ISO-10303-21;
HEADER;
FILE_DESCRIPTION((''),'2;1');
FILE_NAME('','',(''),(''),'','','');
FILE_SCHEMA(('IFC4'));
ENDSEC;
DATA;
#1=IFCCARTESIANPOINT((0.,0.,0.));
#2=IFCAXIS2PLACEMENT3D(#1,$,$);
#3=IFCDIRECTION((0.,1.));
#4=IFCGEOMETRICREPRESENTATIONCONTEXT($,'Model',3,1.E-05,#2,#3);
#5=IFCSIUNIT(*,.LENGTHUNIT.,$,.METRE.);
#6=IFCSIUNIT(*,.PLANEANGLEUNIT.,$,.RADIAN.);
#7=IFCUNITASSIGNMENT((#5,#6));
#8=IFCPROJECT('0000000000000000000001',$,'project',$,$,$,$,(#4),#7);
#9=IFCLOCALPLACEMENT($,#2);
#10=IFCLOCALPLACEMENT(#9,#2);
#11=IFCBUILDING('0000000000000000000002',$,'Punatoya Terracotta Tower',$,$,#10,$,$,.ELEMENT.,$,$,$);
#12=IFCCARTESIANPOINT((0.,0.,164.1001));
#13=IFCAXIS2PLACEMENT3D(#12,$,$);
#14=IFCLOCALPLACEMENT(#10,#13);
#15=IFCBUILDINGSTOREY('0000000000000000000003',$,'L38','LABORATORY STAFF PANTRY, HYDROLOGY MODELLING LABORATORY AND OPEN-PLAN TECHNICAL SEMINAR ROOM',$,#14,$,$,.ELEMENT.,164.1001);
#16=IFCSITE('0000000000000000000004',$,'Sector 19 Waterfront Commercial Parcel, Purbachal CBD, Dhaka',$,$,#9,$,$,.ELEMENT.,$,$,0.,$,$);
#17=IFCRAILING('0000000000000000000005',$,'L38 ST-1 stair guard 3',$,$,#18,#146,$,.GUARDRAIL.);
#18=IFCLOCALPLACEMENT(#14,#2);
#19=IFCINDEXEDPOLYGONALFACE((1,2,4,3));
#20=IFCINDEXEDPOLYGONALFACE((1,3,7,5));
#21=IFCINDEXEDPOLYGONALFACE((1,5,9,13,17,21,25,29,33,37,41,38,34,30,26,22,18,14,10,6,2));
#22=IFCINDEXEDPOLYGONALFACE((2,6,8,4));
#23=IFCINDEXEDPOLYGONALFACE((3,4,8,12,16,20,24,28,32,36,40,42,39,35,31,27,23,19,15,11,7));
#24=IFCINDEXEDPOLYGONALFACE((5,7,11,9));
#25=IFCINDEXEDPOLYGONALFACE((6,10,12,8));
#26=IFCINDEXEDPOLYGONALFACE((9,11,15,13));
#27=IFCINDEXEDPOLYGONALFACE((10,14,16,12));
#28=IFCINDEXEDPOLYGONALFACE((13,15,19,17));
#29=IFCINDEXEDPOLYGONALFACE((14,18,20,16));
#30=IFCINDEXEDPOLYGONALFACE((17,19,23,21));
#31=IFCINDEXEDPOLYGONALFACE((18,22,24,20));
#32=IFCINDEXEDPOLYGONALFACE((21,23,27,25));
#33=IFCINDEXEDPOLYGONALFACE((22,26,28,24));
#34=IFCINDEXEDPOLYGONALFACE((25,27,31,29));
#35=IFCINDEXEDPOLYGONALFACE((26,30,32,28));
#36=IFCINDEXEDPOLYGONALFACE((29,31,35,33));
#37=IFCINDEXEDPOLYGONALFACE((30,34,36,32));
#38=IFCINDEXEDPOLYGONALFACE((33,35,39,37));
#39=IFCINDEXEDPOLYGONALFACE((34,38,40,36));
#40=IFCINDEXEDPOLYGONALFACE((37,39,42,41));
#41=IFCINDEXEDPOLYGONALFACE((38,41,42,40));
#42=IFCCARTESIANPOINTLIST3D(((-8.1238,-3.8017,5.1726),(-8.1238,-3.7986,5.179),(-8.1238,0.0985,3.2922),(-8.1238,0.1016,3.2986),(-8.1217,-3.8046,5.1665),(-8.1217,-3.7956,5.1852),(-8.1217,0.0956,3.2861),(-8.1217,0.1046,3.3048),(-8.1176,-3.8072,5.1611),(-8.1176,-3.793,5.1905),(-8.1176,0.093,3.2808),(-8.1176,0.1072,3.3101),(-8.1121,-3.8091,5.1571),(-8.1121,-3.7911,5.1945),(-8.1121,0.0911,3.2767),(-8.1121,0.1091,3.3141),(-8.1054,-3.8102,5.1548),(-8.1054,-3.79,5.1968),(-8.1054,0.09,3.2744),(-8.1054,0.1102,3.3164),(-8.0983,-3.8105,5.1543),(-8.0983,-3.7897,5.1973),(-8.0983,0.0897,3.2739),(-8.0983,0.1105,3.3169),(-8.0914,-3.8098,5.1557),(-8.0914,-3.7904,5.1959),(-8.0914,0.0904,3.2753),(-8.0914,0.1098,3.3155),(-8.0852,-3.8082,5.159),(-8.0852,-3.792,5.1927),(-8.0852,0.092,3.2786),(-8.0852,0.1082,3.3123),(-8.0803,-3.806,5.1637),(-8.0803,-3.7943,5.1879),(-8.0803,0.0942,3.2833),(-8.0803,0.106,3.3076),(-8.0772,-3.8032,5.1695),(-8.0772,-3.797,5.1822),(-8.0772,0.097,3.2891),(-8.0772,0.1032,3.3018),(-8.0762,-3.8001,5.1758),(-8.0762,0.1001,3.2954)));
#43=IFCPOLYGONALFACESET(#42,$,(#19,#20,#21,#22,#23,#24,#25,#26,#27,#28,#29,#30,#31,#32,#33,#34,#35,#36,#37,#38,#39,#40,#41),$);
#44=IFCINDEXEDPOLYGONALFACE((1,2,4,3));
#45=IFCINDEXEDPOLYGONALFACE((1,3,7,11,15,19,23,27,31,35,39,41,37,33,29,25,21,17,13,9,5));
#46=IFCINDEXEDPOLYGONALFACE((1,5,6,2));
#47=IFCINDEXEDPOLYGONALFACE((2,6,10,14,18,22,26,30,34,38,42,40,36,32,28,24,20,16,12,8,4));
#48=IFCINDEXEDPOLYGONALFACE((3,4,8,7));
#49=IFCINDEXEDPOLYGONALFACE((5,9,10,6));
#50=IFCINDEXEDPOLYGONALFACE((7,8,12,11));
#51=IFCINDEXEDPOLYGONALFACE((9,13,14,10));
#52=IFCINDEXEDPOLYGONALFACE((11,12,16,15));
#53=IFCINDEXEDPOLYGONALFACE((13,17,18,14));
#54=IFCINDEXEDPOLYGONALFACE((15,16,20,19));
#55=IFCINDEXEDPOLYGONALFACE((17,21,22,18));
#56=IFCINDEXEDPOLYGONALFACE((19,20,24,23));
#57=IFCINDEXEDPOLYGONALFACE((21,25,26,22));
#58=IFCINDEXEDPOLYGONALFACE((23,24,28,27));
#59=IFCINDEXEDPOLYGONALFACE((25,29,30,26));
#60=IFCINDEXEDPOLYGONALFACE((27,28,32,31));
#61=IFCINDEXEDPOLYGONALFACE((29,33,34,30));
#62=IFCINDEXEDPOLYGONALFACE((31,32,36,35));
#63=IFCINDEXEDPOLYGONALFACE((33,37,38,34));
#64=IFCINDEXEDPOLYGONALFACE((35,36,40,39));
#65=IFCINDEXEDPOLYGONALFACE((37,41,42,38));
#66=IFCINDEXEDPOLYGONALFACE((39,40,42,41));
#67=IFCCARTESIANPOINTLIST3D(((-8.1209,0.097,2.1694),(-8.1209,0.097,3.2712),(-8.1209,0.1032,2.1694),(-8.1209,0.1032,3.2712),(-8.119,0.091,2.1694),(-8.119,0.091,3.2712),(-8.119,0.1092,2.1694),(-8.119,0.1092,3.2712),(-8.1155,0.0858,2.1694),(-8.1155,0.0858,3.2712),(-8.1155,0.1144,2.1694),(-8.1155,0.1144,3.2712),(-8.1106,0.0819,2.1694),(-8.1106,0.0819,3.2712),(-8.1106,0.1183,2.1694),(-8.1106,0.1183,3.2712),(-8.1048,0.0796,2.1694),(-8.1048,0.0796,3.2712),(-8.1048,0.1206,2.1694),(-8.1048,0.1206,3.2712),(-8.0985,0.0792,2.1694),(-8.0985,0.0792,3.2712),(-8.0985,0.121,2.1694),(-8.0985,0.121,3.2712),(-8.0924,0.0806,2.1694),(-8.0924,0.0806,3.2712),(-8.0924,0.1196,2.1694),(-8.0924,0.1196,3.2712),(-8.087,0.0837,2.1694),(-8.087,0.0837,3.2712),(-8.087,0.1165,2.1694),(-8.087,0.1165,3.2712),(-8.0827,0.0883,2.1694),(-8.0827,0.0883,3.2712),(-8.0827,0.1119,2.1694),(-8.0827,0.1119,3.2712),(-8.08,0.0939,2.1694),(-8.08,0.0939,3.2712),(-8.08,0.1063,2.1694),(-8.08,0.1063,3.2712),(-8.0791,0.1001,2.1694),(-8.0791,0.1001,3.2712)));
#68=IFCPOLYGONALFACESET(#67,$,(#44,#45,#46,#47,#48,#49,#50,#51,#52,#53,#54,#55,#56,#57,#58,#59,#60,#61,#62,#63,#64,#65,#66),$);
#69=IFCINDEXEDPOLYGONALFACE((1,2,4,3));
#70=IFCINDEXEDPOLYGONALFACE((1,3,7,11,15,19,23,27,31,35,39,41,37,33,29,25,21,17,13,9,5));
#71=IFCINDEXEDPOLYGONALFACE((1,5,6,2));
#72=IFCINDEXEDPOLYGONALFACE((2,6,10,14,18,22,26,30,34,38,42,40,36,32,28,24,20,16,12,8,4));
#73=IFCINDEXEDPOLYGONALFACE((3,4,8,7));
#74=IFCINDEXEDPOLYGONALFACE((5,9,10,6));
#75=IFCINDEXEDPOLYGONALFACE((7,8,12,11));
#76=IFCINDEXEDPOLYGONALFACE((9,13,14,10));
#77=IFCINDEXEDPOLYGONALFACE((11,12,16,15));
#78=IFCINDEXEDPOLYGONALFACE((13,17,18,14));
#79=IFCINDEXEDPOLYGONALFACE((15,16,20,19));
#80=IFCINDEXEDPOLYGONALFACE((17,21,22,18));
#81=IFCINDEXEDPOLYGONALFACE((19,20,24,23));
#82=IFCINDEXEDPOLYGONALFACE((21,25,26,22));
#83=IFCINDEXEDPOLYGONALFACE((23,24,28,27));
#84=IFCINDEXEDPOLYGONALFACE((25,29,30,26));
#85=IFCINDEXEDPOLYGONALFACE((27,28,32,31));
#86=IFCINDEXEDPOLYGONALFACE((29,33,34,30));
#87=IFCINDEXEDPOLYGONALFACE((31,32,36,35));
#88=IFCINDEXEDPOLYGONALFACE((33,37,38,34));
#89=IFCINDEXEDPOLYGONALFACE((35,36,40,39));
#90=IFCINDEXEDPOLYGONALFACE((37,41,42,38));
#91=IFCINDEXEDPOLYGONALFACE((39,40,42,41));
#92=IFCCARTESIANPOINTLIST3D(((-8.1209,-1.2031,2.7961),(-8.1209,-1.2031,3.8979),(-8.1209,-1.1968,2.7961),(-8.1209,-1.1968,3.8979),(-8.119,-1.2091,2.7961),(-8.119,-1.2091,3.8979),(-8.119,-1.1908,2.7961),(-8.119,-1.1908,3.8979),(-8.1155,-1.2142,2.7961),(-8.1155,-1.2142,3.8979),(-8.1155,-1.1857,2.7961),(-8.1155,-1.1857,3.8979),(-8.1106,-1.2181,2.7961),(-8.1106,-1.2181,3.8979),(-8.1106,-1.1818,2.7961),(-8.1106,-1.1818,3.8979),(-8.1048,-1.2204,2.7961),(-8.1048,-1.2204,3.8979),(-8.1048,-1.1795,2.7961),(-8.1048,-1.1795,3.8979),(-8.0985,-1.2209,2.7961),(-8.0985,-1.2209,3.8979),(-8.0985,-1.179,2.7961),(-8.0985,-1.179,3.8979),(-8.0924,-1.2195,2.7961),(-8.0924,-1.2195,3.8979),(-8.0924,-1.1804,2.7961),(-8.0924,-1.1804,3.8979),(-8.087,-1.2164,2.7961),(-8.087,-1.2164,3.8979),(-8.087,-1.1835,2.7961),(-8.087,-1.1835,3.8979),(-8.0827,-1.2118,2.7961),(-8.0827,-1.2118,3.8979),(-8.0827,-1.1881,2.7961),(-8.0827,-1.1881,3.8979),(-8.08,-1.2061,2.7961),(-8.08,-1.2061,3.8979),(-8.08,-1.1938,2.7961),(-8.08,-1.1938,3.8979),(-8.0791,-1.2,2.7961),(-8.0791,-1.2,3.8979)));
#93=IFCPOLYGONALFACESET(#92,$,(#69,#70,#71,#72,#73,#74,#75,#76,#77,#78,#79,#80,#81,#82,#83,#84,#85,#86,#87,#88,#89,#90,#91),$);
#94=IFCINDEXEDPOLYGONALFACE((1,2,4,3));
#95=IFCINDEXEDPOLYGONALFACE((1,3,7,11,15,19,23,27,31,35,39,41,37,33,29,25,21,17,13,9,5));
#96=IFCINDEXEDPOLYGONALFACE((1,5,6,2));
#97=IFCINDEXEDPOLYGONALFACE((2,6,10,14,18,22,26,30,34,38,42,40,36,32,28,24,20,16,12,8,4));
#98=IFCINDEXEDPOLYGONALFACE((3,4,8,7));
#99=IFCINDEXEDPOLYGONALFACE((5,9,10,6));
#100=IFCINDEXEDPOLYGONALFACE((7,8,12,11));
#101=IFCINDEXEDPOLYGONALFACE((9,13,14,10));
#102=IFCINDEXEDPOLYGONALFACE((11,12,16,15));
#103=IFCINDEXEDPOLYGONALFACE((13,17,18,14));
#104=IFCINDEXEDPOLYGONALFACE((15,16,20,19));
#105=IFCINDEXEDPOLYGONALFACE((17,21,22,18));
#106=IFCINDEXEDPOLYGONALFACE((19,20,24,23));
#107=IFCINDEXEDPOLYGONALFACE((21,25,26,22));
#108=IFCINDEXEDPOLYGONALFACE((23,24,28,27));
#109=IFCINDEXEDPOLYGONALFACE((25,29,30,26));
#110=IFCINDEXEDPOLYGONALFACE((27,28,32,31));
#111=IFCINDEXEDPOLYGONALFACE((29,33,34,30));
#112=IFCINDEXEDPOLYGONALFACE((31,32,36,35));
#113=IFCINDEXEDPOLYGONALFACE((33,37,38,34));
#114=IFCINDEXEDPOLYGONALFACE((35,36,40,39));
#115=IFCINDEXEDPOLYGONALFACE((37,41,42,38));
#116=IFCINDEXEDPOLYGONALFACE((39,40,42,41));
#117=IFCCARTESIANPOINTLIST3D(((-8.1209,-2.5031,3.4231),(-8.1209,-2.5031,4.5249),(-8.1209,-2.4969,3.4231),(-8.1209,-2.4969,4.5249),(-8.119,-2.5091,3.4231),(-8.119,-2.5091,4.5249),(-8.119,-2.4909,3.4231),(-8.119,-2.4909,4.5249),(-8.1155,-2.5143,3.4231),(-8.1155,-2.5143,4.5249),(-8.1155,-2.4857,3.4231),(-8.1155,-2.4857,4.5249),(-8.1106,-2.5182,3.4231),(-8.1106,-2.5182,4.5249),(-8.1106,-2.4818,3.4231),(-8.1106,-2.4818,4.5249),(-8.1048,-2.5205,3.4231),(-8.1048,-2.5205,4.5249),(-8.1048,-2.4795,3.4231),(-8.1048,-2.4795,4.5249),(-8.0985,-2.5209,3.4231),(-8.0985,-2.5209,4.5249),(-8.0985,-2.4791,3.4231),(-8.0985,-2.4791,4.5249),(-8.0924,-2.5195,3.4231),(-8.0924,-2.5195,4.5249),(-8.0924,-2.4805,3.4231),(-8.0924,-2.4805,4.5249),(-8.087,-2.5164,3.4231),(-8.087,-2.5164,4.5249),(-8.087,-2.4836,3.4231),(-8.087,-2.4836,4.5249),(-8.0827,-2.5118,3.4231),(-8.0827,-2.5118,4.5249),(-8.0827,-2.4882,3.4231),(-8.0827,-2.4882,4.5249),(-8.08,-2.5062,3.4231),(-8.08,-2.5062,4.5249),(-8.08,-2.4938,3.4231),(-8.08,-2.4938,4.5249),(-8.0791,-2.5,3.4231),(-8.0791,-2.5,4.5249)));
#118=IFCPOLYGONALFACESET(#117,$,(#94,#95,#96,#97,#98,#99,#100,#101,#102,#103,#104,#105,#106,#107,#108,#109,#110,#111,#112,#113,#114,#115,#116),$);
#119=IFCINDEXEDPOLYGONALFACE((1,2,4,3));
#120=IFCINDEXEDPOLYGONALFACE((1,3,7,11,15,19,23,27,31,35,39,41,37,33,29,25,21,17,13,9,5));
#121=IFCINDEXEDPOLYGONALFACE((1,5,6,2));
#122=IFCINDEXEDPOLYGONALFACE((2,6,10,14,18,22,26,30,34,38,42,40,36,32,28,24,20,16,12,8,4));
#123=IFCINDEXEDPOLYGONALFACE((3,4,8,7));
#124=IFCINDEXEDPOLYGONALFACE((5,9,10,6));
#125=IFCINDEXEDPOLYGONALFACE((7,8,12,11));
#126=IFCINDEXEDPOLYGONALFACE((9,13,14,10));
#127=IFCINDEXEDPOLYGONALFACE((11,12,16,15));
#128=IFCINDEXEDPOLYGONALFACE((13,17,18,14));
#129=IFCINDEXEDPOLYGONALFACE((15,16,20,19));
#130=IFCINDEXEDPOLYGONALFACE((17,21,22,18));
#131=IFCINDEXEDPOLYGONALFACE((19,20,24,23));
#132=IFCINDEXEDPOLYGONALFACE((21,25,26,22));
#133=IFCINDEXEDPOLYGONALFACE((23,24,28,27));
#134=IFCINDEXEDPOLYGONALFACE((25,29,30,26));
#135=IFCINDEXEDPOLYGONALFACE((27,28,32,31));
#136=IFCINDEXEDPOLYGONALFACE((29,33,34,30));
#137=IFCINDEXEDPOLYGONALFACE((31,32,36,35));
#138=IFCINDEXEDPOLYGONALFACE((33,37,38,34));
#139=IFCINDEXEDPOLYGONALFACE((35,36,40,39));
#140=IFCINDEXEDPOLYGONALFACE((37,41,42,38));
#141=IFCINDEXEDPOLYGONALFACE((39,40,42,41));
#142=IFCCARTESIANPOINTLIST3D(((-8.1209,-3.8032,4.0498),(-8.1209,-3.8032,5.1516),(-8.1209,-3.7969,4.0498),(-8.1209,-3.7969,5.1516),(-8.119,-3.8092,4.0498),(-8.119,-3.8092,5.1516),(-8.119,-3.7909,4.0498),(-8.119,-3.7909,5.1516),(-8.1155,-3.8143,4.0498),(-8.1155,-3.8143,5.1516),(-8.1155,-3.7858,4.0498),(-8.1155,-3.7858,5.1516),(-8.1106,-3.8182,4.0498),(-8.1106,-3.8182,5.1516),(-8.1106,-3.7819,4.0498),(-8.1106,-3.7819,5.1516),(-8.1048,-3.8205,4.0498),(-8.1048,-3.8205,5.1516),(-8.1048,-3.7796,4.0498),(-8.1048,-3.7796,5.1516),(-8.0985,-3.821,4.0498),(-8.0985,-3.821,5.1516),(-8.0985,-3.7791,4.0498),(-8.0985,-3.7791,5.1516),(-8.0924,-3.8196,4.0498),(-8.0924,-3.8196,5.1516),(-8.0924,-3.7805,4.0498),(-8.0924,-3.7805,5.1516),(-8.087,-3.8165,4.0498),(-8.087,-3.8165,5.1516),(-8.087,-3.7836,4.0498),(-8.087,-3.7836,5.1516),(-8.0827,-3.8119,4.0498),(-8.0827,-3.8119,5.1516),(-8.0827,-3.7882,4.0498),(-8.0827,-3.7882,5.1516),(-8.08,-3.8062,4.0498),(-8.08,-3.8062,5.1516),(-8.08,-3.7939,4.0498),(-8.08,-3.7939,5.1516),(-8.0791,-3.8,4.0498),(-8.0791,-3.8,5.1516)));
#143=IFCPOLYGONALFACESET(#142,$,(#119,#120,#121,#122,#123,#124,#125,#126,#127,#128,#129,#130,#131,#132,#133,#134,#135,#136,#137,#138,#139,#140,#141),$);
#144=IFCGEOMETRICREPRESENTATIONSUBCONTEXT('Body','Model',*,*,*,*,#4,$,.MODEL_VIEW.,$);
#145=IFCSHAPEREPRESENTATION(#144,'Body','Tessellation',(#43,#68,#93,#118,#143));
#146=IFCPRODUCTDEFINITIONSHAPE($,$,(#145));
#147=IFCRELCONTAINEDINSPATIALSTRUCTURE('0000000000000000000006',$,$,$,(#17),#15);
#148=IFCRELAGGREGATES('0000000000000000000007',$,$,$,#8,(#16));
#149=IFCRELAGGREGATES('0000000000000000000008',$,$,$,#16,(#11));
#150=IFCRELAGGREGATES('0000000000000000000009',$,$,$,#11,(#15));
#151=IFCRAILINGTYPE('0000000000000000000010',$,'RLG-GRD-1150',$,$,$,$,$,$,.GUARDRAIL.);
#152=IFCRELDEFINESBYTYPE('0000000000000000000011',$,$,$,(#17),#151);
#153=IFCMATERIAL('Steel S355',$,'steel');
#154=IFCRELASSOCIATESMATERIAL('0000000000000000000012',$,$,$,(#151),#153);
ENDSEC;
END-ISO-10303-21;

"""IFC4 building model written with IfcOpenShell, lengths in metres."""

from ifc_helpers import new_model, si_unit, direction, frame, origin, origin_2d, place, context, subcontext, project, spatial, circle, extrude, material, type_object, element, save


model = new_model("IFC4")

# Units and contexts
model_context = context("Model", 3, precision=1e-05, world=origin(), true_north=direction((0.0, 1.0)))
body_context = subcontext(model_context, "Body", "Model", "MODEL_VIEW")
ifc_project = project(units=[si_unit("LENGTHUNIT", "METRE"), si_unit("PLANEANGLEUNIT", "RADIAN")], contexts=[model_context])

# Site, building, storey
site_placement = place(None, origin())
site = spatial("IfcSite", under=ifc_project, at=site_placement, Name="Sector 19 Waterfront Commercial Parcel, Purbachal CBD, Dhaka", CompositionType="ELEMENT", RefElevation=0.0)
building_placement = place(site_placement, origin())
building = spatial("IfcBuilding", under=site, at=building_placement, Name="Punatoya Terracotta Tower", CompositionType="ELEMENT")
storey_placement = place(building_placement, frame((0.0, 0.0, 164.1001)))
storey = spatial("IfcBuildingStorey", under=building, at=storey_placement, Name="L38", Description="LABORATORY STAFF PANTRY, HYDROLOGY MODELLING LABORATORY AND OPEN-PLAN TECHNICAL SEMINAR ROOM", CompositionType="ELEMENT", Elevation=164.1001)

# Shared definitions
ifc_material_1 = material(Name="Steel S355", Category="steel")

# Railing
railing_type_1 = type_object("IfcRailingType", Name="RLG-GRD-1150", PredefinedType="GUARDRAIL", material=ifc_material_1)
railing_1_placement = place(storey_placement, frame((-8.1001, 0.1001, 2.1694)))
element("IfcRailing", 1, at=railing_1_placement, inside=storey, type_object=railing_type_1, Name="L38 ST-1 stair guard 3", PredefinedType="GUARDRAIL", context=body_context, shape_type="SweptSolid", body=[
    extrude(circle(Radius=0.0239, at=origin_2d()), frame((0.0, 0.0, 1.126), z_axis=(0.0, -0.900774, 0.434289), x_axis=(1.0, 0.0, 0.0)), (0.0, 0.0, 1.0), 4.3298),
    extrude(circle(Radius=0.021, at=origin_2d()), origin(), (0.0, 0.0, 1.0), 1.1018),
    extrude(circle(Radius=0.021, at=origin_2d()), frame((0.0, -1.3, 0.6267)), (0.0, 0.0, 1.0), 1.1018),
    extrude(circle(Radius=0.021, at=origin_2d()), frame((0.0, -2.6001, 1.2537)), (0.0, 0.0, 1.0), 1.1018),
    extrude(circle(Radius=0.021, at=origin_2d()), frame((0.0, -3.9001, 1.8804)), (0.0, 0.0, 1.0), 1.1018),
])

save(model, "model.ifc")
